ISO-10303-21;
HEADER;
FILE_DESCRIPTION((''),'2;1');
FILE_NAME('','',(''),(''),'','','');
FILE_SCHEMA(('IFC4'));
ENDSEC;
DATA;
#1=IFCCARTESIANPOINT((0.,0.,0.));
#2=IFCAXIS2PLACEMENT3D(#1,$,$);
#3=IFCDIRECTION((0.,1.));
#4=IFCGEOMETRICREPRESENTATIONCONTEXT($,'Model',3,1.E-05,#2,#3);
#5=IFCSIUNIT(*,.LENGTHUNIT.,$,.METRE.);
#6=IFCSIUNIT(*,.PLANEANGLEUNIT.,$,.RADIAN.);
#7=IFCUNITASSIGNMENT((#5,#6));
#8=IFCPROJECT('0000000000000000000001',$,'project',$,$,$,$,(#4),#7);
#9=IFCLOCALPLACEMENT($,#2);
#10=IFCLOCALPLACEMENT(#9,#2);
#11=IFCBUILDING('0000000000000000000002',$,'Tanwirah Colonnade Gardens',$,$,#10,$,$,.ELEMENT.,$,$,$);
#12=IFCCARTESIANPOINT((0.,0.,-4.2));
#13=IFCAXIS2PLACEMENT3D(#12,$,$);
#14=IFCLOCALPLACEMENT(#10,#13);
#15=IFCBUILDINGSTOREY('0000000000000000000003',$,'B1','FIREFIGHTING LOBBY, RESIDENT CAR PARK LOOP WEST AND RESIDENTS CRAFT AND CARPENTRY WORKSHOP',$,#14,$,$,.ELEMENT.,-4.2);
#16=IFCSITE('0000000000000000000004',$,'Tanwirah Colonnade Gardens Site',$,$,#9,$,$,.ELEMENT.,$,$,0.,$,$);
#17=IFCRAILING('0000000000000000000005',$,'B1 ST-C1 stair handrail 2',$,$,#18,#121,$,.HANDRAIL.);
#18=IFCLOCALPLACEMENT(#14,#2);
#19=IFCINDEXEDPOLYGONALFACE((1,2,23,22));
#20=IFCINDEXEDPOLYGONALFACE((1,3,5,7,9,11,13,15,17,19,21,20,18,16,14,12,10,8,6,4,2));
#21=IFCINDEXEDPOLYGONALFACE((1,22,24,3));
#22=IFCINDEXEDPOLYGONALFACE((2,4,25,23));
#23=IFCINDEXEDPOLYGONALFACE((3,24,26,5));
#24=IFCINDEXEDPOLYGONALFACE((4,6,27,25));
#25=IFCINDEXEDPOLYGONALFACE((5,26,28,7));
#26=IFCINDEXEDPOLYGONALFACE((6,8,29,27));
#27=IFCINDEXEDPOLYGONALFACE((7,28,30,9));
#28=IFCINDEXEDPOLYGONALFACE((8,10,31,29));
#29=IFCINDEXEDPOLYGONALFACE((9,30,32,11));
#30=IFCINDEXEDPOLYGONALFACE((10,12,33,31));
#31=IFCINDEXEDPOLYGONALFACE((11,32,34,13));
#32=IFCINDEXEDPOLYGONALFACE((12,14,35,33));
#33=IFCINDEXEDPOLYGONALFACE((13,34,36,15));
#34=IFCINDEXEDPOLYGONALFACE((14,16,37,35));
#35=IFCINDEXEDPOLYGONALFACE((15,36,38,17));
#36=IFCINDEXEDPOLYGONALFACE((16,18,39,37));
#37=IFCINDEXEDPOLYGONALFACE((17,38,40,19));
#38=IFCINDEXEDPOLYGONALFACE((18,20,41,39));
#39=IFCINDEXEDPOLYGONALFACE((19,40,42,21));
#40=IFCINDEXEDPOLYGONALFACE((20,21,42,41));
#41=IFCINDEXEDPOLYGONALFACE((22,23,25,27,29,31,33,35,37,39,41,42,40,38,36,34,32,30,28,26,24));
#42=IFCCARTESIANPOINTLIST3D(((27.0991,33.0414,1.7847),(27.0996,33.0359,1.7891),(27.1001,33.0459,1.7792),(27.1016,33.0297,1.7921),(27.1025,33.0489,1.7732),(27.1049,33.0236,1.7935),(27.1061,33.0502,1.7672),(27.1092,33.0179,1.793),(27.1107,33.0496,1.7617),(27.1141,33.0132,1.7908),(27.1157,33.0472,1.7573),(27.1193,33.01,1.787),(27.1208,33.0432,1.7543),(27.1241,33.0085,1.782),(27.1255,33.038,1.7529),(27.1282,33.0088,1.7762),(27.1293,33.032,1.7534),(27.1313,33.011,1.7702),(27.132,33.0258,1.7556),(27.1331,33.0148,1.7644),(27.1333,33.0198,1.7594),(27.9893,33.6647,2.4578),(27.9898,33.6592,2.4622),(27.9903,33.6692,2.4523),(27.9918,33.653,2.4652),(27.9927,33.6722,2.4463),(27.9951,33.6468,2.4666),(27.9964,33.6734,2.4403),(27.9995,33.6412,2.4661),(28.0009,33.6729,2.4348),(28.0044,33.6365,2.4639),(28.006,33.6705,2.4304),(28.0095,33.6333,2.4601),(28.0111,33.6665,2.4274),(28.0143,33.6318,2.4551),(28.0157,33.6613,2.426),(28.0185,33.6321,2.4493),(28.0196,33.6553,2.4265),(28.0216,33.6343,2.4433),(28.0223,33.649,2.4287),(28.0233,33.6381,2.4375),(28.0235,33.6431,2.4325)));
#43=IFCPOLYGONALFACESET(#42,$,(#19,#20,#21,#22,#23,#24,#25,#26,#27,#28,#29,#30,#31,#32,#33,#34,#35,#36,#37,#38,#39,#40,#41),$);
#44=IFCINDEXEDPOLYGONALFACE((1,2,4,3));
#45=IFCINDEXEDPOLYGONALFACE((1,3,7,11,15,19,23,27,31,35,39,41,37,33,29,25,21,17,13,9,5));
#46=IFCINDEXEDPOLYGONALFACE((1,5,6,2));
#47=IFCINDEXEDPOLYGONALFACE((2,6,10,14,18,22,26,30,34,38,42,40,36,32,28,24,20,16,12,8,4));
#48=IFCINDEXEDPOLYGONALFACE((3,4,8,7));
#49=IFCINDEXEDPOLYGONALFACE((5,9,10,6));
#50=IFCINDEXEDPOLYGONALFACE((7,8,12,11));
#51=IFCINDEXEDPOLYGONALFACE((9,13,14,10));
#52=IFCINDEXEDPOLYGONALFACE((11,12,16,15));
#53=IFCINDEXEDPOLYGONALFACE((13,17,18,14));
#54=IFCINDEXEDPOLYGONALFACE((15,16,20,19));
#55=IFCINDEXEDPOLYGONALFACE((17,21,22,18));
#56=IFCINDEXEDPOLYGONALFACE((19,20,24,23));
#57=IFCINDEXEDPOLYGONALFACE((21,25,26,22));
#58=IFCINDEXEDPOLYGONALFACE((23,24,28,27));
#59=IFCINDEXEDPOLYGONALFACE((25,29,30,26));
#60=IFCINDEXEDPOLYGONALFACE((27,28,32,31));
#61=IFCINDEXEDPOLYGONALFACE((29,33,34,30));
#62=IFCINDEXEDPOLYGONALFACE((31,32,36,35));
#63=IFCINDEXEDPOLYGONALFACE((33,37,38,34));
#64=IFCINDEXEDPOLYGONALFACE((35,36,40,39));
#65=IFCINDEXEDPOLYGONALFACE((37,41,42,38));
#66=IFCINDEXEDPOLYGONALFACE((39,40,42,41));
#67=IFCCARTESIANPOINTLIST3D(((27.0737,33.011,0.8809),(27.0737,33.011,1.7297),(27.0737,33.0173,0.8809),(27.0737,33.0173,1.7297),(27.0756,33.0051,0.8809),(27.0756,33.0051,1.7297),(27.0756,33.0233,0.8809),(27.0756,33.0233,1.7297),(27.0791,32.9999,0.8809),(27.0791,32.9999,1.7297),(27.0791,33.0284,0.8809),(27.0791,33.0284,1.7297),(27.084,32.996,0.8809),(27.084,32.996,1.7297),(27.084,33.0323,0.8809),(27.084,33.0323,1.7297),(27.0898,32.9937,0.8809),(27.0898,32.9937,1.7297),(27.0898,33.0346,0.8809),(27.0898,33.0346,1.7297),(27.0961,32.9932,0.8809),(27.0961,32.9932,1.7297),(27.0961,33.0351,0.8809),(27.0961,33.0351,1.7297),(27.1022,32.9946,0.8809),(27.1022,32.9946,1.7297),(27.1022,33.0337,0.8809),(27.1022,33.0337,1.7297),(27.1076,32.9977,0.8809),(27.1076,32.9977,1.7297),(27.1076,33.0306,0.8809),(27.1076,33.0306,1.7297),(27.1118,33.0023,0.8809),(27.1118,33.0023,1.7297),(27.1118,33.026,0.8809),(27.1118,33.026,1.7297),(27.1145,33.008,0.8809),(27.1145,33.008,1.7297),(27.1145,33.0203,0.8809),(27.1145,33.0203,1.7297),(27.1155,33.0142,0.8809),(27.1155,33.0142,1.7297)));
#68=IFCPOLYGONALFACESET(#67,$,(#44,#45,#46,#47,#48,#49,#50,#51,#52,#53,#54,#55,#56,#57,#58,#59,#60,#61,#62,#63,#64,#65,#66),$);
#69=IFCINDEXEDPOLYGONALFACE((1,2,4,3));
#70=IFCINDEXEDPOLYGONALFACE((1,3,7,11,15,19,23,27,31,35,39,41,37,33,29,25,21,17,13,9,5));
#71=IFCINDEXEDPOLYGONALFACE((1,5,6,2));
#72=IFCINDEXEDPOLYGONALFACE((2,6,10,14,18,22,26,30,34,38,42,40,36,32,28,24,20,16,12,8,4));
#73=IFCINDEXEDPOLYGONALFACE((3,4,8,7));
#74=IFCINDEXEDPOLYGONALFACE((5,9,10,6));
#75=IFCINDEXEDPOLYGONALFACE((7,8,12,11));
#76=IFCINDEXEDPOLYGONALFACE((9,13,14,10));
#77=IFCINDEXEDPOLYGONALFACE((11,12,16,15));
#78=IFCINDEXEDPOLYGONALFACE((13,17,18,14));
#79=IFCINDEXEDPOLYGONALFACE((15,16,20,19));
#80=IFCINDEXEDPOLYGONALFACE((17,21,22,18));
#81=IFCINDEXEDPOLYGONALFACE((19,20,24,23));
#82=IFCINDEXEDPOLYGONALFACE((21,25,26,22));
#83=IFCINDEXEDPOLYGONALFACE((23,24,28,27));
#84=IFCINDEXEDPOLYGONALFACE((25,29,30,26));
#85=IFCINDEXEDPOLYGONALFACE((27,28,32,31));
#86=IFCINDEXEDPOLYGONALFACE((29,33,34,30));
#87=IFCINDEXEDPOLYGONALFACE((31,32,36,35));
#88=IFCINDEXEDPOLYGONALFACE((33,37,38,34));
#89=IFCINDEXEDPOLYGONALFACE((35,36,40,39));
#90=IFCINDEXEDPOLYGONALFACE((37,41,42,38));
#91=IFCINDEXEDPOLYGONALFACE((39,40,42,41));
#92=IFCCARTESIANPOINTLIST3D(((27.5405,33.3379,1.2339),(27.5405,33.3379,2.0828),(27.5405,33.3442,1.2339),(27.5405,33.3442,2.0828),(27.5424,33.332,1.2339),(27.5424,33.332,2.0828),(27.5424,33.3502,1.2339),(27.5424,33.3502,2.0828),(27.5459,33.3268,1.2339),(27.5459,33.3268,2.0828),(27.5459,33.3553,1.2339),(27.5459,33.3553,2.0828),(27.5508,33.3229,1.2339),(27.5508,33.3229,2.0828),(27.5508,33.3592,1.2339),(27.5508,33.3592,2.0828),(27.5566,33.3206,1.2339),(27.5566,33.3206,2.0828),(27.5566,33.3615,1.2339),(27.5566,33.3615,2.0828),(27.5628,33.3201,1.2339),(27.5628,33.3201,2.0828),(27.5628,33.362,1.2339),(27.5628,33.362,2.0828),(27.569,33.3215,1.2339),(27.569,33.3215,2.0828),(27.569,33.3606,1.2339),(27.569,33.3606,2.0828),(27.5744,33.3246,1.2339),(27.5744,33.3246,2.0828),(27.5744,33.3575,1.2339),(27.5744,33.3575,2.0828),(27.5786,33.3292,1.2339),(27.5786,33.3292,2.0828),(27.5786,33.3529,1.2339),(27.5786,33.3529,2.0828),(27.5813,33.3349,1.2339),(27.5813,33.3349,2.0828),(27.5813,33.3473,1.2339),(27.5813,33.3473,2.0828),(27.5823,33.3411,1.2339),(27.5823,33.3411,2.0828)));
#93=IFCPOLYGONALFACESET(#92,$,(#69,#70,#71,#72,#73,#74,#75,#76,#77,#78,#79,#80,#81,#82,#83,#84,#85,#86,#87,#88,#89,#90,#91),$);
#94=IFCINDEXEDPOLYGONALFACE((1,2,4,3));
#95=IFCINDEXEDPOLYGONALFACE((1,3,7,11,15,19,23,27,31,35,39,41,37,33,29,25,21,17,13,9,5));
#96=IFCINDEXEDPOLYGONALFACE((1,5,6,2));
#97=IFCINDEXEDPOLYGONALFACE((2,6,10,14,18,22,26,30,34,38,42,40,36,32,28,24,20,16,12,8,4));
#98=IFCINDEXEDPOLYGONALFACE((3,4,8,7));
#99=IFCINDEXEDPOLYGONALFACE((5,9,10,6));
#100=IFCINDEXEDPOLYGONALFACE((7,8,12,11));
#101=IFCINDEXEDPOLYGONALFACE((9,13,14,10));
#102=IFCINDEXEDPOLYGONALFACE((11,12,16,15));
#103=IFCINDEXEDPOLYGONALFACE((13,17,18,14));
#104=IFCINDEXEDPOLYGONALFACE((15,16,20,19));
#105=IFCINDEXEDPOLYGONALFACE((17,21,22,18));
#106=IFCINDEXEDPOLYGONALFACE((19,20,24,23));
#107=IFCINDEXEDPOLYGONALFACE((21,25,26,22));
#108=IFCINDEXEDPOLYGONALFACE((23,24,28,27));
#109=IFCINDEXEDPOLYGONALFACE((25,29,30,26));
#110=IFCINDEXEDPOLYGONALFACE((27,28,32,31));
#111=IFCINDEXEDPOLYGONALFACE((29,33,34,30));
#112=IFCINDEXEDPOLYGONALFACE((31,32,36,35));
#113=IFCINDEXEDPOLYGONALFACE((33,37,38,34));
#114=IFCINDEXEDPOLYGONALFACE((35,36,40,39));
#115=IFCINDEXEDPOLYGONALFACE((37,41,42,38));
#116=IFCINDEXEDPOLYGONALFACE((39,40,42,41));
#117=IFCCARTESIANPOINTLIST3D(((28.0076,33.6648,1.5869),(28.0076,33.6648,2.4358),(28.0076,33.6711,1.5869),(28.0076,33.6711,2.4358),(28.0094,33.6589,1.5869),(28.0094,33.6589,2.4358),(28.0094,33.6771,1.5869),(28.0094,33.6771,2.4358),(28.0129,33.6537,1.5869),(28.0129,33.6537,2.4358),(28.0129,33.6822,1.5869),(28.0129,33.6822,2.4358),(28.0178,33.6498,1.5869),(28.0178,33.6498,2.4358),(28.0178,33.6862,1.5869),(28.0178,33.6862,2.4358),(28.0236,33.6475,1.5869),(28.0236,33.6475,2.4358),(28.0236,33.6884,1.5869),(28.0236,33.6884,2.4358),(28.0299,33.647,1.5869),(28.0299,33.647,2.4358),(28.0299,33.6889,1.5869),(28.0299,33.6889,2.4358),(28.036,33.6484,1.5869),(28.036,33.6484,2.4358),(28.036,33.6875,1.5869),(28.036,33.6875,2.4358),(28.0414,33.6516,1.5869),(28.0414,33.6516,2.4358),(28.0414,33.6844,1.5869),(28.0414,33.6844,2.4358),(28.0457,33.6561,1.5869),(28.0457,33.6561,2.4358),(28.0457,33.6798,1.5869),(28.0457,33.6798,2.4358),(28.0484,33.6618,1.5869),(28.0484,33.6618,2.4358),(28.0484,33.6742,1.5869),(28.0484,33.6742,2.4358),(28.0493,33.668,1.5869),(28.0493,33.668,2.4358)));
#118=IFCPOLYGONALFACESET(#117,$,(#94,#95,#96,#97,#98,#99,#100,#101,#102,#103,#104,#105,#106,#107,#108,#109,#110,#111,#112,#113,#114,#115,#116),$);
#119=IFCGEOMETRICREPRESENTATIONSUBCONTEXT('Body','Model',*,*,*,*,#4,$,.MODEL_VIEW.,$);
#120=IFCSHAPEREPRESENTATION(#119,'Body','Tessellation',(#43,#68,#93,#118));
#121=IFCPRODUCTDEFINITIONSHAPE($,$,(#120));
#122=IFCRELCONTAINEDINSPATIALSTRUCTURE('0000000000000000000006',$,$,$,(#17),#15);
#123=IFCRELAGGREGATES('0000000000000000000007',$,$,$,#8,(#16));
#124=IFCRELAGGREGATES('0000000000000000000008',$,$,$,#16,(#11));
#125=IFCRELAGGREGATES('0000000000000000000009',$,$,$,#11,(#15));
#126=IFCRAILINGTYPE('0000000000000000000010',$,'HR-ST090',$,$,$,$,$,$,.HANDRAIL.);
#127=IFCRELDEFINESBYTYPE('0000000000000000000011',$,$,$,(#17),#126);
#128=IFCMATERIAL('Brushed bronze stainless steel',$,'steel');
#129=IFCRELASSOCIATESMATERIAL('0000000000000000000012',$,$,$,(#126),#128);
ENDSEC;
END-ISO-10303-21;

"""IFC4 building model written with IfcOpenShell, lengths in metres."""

from ifc_helpers import new_model, si_unit, direction, frame, origin, origin_2d, place, context, subcontext, project, spatial, circle, extrude, material, type_object, element, save


model = new_model("IFC4")

# Units and contexts
model_context = context("Model", 3, precision=1e-05, world=origin(), true_north=direction((0.0, 1.0)))
body_context = subcontext(model_context, "Body", "Model", "MODEL_VIEW")
ifc_project = project(units=[si_unit("LENGTHUNIT", "METRE"), si_unit("PLANEANGLEUNIT", "RADIAN")], contexts=[model_context])

# Site, building, storey
site_placement = place(None, origin())
site = spatial("IfcSite", under=ifc_project, at=site_placement, Name="Tanwirah Colonnade Gardens Site", CompositionType="ELEMENT", RefElevation=0.0)
building_placement = place(site_placement, origin())
building = spatial("IfcBuilding", under=site, at=building_placement, Name="Tanwirah Colonnade Gardens", CompositionType="ELEMENT")
storey_placement = place(building_placement, frame((0.0, 0.0, -4.2)))
storey = spatial("IfcBuildingStorey", under=building, at=storey_placement, Name="B1", Description="FIREFIGHTING LOBBY, RESIDENT CAR PARK LOOP WEST AND RESIDENTS CRAFT AND CARPENTRY WORKSHOP", CompositionType="ELEMENT", Elevation=-4.2)

# Railing
ifc_material_1 = material(Name="Brushed bronze stainless steel", Category="steel")
railing_type_1 = type_object("IfcRailingType", Name="HR-ST090", PredefinedType="HANDRAIL", material=ifc_material_1)
railing_1_placement = place(storey_placement, frame((27.0945, 33.0142, 0.8809)))
element("IfcRailing", 1, at=railing_1_placement, inside=storey, type_object=railing_type_1, Name="B1 ST-C1 stair handrail 2", PredefinedType="HANDRAIL", context=body_context, shape_type="SweptSolid", body=[
    extrude(circle(Radius=0.0239, at=origin_2d()), frame((0.0217, 0.0151, 0.8923), z_axis=(0.696422, 0.487587, 0.52655), x_axis=(-0.573534, 0.819182, 0.0)), (0.0, 0.0, 1.0), 1.2783),
    extrude(circle(Radius=0.021, at=origin_2d()), origin(), (0.0, 0.0, 1.0), 0.8489),
    extrude(circle(Radius=0.021, at=origin_2d()), frame((0.4668, 0.3269, 0.353)), (0.0, 0.0, 1.0), 0.8489),
    extrude(circle(Radius=0.021, at=origin_2d()), frame((0.9338, 0.6538, 0.7061)), (0.0, 0.0, 1.0), 0.8489),
])

save(model, "model.ifc")
